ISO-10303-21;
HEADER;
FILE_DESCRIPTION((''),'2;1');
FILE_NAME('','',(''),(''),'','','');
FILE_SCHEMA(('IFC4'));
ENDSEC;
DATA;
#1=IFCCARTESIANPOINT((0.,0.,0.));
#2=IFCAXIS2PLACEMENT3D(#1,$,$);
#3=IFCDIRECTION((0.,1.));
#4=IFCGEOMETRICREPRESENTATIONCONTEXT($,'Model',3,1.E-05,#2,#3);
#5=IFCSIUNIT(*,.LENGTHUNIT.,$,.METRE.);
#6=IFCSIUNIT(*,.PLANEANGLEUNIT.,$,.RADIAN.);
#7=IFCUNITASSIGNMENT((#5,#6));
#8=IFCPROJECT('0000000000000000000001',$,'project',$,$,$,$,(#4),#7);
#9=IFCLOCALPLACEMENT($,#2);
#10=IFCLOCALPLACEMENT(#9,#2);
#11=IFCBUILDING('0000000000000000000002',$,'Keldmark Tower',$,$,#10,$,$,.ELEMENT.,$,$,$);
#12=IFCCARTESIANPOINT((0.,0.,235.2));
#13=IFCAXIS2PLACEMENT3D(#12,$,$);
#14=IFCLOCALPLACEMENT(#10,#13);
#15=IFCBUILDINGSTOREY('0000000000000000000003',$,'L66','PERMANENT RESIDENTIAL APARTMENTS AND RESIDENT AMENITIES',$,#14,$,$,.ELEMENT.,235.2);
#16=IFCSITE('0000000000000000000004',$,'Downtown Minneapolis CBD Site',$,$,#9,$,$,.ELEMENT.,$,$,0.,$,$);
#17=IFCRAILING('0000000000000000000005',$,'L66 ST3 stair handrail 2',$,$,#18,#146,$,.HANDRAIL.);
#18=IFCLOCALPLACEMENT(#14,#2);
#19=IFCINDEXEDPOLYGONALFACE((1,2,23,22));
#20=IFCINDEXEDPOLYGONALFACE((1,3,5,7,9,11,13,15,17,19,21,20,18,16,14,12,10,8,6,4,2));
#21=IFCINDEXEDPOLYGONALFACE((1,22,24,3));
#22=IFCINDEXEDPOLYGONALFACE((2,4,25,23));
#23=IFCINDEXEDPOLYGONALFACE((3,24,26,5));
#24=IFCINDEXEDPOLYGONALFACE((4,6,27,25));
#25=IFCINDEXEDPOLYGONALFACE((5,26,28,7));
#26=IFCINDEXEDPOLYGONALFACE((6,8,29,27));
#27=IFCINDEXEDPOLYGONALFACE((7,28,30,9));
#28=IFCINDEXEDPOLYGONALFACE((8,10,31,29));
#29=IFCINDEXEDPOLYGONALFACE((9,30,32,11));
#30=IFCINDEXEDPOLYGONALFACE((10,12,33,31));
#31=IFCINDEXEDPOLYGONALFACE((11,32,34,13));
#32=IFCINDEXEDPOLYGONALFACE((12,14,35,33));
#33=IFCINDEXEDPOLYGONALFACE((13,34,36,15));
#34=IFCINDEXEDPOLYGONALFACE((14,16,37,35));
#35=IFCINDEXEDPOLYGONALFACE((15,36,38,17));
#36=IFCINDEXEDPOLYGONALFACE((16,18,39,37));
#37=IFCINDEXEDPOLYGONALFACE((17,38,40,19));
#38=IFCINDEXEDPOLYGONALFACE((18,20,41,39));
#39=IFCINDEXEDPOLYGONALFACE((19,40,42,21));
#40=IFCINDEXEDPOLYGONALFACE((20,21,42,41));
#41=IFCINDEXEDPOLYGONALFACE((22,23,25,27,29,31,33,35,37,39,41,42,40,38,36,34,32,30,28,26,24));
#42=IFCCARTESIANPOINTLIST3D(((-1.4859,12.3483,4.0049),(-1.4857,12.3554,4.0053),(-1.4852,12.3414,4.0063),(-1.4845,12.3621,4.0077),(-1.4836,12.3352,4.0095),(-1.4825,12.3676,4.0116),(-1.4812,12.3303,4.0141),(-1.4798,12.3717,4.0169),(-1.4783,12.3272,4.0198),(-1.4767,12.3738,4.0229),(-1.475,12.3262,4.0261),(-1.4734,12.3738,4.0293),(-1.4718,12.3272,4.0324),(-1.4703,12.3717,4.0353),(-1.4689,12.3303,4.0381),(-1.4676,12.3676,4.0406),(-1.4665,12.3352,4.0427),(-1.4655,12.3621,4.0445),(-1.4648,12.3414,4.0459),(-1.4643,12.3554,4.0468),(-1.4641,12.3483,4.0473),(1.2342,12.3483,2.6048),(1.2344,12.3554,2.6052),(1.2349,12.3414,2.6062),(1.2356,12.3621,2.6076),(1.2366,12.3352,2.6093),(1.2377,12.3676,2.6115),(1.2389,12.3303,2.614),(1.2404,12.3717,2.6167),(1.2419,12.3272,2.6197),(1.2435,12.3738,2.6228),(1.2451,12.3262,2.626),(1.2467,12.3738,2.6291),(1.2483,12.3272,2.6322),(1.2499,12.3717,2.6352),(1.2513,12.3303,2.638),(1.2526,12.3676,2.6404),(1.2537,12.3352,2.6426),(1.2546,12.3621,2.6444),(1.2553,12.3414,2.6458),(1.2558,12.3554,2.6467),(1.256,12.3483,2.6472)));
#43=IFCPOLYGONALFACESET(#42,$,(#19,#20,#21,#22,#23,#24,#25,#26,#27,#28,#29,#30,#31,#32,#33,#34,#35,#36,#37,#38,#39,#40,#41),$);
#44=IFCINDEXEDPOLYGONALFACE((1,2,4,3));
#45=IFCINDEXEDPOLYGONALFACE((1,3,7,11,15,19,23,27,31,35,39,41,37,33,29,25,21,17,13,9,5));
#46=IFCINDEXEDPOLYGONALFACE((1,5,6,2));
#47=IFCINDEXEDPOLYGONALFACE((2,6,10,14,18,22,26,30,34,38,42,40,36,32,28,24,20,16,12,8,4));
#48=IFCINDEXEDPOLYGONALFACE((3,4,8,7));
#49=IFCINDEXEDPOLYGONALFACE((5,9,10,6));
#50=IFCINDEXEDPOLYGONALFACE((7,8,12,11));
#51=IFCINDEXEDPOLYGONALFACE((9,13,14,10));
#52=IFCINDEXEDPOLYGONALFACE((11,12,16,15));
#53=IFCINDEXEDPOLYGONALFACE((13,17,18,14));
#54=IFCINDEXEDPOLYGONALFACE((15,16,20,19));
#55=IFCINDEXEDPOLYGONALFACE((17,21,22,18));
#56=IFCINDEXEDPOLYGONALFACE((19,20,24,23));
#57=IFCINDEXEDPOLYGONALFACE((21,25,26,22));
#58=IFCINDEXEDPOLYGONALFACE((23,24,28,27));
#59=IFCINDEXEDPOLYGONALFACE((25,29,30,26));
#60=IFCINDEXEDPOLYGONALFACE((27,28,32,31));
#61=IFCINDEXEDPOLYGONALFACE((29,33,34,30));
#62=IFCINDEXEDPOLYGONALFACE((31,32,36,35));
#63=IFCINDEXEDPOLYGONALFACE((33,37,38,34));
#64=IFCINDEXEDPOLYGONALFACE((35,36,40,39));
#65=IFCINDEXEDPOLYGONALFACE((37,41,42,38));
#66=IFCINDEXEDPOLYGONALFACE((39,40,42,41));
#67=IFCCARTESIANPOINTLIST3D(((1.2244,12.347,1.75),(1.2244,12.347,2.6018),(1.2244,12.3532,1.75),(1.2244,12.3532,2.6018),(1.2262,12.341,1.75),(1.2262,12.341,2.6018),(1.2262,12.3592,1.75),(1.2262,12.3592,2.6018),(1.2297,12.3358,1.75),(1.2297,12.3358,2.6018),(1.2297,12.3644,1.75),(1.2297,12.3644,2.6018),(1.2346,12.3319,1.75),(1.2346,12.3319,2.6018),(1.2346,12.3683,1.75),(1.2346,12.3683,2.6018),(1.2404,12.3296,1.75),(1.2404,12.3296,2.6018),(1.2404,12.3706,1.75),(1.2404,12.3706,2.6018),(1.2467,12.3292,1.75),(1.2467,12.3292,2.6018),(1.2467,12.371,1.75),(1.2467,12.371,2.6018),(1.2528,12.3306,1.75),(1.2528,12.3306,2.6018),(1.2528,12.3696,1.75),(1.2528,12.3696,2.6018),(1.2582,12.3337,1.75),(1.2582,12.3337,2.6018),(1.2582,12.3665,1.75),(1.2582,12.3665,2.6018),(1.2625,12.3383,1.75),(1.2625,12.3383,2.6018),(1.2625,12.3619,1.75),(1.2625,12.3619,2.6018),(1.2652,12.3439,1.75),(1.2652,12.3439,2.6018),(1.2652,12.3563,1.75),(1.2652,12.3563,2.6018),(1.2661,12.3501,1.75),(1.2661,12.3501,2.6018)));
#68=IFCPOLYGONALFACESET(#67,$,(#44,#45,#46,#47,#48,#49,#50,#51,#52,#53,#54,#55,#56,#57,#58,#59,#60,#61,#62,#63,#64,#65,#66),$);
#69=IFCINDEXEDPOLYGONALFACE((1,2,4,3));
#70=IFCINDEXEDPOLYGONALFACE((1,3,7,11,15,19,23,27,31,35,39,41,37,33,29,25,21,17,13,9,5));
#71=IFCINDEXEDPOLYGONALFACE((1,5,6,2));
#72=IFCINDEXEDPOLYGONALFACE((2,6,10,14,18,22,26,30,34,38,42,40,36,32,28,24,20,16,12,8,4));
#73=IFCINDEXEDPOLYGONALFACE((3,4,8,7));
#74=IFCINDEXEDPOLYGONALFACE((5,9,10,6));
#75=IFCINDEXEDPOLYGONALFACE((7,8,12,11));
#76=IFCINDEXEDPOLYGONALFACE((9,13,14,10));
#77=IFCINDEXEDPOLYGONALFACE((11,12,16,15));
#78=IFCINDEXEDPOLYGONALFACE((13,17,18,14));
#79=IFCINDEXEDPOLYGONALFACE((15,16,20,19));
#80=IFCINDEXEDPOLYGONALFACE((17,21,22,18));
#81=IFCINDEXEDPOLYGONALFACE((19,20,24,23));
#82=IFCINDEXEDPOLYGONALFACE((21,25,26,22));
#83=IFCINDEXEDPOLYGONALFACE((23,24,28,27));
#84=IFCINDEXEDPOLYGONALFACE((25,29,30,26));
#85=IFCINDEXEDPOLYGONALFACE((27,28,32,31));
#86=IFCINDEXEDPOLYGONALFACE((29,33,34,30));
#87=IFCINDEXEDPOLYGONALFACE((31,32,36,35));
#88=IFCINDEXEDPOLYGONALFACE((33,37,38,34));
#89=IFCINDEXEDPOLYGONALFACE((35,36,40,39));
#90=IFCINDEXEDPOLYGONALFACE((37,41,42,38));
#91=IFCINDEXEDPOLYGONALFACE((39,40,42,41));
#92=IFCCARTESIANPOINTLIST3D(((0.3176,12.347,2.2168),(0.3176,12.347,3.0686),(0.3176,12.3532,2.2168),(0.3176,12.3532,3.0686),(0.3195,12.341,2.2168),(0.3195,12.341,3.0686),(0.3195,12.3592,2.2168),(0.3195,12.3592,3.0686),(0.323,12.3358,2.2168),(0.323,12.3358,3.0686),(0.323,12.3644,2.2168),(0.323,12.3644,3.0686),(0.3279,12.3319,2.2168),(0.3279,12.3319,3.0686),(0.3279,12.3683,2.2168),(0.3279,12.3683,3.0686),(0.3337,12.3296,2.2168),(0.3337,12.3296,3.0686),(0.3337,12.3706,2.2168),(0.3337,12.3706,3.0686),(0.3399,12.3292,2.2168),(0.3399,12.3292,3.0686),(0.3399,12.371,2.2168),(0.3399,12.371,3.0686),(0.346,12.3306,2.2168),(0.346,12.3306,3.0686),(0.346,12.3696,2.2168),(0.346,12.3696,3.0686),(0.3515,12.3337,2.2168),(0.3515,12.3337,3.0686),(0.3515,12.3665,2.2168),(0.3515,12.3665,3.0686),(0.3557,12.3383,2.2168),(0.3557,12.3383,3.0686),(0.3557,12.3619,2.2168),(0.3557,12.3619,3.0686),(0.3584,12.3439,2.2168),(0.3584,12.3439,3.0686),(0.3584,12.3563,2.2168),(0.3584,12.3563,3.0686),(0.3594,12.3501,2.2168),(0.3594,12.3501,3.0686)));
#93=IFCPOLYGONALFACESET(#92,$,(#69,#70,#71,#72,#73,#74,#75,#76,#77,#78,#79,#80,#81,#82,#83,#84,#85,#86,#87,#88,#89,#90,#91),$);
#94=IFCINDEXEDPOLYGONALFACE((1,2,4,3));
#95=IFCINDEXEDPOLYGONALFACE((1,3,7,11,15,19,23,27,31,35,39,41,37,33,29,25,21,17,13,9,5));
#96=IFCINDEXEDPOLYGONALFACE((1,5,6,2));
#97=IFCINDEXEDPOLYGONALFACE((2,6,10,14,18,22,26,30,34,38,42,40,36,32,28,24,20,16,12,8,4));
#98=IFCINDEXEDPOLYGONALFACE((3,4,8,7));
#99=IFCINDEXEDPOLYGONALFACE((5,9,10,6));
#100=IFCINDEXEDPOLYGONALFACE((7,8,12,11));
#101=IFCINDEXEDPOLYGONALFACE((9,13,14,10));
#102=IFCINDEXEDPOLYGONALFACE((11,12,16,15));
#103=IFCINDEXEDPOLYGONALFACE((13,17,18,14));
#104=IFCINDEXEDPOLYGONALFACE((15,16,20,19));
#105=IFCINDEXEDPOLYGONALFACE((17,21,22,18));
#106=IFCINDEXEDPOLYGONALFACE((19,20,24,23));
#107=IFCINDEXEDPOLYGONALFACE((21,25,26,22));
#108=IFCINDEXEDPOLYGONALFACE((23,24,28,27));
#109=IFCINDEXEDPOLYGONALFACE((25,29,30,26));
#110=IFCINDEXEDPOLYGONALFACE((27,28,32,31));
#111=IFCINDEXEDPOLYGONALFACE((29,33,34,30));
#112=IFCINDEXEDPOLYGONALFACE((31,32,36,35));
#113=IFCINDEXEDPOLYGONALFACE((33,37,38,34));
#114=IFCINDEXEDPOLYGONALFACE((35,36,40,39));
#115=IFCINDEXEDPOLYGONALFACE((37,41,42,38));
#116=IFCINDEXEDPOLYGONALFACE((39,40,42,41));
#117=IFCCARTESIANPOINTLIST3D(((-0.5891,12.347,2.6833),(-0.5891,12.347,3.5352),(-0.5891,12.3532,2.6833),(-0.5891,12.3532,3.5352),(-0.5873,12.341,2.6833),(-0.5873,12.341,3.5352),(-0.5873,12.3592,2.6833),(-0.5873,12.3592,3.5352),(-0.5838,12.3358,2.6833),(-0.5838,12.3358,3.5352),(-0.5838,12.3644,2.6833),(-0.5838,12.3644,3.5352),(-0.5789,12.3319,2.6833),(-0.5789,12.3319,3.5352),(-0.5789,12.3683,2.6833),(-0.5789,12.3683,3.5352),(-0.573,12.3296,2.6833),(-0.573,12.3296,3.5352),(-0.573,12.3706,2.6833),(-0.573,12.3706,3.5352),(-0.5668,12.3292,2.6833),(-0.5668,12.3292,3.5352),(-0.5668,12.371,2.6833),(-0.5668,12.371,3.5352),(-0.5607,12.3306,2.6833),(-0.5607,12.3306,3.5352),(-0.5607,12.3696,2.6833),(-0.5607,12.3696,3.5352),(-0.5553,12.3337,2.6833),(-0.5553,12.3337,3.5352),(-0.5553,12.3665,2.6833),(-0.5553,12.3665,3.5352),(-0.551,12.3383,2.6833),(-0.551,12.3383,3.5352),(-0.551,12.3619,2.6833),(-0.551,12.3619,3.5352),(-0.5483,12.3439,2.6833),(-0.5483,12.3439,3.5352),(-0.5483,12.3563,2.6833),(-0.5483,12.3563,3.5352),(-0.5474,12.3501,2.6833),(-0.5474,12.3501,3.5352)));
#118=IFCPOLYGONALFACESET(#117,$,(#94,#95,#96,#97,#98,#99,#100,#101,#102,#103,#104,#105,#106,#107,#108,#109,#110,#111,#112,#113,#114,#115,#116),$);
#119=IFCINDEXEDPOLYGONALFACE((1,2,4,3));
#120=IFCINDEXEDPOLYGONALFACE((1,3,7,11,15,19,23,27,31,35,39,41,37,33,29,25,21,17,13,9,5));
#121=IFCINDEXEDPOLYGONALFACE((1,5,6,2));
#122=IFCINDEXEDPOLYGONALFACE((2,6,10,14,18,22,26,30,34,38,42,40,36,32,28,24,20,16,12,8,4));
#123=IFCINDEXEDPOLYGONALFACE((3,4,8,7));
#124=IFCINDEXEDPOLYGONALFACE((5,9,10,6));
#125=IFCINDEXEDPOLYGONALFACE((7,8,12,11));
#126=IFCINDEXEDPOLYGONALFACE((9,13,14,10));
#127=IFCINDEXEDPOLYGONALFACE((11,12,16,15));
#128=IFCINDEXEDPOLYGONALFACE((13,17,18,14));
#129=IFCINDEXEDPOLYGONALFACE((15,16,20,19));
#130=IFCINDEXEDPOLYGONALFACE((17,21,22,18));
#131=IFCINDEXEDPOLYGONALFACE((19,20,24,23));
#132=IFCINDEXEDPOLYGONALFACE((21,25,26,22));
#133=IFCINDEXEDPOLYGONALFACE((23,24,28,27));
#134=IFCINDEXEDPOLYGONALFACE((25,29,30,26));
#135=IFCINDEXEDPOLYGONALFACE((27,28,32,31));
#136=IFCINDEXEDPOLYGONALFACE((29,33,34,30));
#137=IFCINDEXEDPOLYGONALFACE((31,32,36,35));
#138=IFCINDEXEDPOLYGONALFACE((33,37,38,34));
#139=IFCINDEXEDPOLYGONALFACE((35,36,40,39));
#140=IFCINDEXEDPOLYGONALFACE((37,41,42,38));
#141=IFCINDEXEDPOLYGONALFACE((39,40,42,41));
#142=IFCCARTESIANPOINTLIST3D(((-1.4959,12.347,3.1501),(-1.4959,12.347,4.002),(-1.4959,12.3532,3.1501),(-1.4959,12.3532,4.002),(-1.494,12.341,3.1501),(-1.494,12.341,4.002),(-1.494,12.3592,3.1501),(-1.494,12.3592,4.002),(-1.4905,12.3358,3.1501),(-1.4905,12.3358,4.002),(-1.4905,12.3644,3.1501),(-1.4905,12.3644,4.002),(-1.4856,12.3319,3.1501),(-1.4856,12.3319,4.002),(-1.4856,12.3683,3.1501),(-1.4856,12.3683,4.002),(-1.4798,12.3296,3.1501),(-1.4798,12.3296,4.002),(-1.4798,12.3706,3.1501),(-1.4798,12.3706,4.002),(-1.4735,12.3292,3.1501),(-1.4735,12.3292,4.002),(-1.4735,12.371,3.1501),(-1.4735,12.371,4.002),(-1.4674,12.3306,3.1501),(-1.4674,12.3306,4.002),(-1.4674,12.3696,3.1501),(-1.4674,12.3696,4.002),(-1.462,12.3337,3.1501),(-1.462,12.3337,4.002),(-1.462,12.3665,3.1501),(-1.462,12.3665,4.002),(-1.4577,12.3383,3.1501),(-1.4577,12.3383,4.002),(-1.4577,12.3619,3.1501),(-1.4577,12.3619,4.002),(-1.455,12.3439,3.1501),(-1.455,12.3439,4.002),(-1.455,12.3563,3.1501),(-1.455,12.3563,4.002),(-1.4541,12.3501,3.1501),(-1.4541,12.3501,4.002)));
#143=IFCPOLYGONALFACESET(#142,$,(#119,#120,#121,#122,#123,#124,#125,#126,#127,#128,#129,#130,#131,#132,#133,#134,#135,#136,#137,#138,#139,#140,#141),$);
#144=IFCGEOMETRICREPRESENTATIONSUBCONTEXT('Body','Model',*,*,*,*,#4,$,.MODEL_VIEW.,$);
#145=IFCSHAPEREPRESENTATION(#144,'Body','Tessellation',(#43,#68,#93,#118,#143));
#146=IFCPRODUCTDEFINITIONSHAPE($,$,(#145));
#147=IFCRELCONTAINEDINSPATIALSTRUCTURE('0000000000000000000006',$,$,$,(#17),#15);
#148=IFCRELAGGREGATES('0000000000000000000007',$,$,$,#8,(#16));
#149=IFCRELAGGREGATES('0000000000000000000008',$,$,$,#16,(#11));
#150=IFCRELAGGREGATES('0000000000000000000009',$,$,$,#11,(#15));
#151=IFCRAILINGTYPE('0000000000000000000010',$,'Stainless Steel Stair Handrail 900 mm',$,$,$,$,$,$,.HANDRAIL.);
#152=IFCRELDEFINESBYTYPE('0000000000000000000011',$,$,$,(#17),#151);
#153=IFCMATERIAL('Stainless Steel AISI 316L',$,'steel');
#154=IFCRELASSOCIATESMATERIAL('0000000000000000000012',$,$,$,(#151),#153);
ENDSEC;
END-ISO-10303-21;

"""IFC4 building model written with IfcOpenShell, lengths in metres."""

from ifc_helpers import new_model, si_unit, direction, frame, origin, origin_2d, place, context, subcontext, project, spatial, circle, extrude, material, type_object, element, save


model = new_model("IFC4")

# Units and contexts
model_context = context("Model", 3, precision=1e-05, world=origin(), true_north=direction((0.0, 1.0)))
body_context = subcontext(model_context, "Body", "Model", "MODEL_VIEW")
ifc_project = project(units=[si_unit("LENGTHUNIT", "METRE"), si_unit("PLANEANGLEUNIT", "RADIAN")], contexts=[model_context])

# Site, building, storey
site_placement = place(None, origin())
site = spatial("IfcSite", under=ifc_project, at=site_placement, Name="Downtown Minneapolis CBD Site", CompositionType="ELEMENT", RefElevation=0.0)
building_placement = place(site_placement, origin())
building = spatial("IfcBuilding", under=site, at=building_placement, Name="Keldmark Tower", CompositionType="ELEMENT")
storey_placement = place(building_placement, frame((0.0, 0.0, 235.2)))
storey = spatial("IfcBuildingStorey", under=building, at=storey_placement, Name="L66", Description="PERMANENT RESIDENTIAL APARTMENTS AND RESIDENT AMENITIES", CompositionType="ELEMENT", Elevation=235.2)

# Railing
ifc_material_1 = material(Name="Stainless Steel AISI 316L", Category="steel")
railing_type_1 = type_object("IfcRailingType", Name="Stainless Steel Stair Handrail 900 mm", PredefinedType="HANDRAIL", material=ifc_material_1)
railing_1_placement = place(storey_placement, frame((1.2451, 12.3501, 1.75)))
element("IfcRailing", 1, at=railing_1_placement, inside=storey, type_object=railing_type_1, Name="L66 ST3 stair handrail 2", PredefinedType="HANDRAIL", context=body_context, shape_type="SweptSolid", body=[
    extrude(circle(Radius=0.0239, at=origin_2d()), frame((0.0, 0.0, 0.876), z_axis=(-0.889131, 0.0, 0.457653), x_axis=(0.0, -1.0, 0.0)), (0.0, 0.0, 1.0), 3.0593),
    extrude(circle(Radius=0.021, at=origin_2d()), origin(), (0.0, 0.0, 1.0), 0.8518),
    extrude(circle(Radius=0.021, at=origin_2d()), frame((-0.9067, 0.0, 0.4668)), (0.0, 0.0, 1.0), 0.8518),
    extrude(circle(Radius=0.021, at=origin_2d()), frame((-1.8135, 0.0, 0.9333)), (0.0, 0.0, 1.0), 0.8518),
    extrude(circle(Radius=0.021, at=origin_2d()), frame((-2.7202, 0.0, 1.4001)), (0.0, 0.0, 1.0), 0.8518),
])

save(model, "model.ifc")
